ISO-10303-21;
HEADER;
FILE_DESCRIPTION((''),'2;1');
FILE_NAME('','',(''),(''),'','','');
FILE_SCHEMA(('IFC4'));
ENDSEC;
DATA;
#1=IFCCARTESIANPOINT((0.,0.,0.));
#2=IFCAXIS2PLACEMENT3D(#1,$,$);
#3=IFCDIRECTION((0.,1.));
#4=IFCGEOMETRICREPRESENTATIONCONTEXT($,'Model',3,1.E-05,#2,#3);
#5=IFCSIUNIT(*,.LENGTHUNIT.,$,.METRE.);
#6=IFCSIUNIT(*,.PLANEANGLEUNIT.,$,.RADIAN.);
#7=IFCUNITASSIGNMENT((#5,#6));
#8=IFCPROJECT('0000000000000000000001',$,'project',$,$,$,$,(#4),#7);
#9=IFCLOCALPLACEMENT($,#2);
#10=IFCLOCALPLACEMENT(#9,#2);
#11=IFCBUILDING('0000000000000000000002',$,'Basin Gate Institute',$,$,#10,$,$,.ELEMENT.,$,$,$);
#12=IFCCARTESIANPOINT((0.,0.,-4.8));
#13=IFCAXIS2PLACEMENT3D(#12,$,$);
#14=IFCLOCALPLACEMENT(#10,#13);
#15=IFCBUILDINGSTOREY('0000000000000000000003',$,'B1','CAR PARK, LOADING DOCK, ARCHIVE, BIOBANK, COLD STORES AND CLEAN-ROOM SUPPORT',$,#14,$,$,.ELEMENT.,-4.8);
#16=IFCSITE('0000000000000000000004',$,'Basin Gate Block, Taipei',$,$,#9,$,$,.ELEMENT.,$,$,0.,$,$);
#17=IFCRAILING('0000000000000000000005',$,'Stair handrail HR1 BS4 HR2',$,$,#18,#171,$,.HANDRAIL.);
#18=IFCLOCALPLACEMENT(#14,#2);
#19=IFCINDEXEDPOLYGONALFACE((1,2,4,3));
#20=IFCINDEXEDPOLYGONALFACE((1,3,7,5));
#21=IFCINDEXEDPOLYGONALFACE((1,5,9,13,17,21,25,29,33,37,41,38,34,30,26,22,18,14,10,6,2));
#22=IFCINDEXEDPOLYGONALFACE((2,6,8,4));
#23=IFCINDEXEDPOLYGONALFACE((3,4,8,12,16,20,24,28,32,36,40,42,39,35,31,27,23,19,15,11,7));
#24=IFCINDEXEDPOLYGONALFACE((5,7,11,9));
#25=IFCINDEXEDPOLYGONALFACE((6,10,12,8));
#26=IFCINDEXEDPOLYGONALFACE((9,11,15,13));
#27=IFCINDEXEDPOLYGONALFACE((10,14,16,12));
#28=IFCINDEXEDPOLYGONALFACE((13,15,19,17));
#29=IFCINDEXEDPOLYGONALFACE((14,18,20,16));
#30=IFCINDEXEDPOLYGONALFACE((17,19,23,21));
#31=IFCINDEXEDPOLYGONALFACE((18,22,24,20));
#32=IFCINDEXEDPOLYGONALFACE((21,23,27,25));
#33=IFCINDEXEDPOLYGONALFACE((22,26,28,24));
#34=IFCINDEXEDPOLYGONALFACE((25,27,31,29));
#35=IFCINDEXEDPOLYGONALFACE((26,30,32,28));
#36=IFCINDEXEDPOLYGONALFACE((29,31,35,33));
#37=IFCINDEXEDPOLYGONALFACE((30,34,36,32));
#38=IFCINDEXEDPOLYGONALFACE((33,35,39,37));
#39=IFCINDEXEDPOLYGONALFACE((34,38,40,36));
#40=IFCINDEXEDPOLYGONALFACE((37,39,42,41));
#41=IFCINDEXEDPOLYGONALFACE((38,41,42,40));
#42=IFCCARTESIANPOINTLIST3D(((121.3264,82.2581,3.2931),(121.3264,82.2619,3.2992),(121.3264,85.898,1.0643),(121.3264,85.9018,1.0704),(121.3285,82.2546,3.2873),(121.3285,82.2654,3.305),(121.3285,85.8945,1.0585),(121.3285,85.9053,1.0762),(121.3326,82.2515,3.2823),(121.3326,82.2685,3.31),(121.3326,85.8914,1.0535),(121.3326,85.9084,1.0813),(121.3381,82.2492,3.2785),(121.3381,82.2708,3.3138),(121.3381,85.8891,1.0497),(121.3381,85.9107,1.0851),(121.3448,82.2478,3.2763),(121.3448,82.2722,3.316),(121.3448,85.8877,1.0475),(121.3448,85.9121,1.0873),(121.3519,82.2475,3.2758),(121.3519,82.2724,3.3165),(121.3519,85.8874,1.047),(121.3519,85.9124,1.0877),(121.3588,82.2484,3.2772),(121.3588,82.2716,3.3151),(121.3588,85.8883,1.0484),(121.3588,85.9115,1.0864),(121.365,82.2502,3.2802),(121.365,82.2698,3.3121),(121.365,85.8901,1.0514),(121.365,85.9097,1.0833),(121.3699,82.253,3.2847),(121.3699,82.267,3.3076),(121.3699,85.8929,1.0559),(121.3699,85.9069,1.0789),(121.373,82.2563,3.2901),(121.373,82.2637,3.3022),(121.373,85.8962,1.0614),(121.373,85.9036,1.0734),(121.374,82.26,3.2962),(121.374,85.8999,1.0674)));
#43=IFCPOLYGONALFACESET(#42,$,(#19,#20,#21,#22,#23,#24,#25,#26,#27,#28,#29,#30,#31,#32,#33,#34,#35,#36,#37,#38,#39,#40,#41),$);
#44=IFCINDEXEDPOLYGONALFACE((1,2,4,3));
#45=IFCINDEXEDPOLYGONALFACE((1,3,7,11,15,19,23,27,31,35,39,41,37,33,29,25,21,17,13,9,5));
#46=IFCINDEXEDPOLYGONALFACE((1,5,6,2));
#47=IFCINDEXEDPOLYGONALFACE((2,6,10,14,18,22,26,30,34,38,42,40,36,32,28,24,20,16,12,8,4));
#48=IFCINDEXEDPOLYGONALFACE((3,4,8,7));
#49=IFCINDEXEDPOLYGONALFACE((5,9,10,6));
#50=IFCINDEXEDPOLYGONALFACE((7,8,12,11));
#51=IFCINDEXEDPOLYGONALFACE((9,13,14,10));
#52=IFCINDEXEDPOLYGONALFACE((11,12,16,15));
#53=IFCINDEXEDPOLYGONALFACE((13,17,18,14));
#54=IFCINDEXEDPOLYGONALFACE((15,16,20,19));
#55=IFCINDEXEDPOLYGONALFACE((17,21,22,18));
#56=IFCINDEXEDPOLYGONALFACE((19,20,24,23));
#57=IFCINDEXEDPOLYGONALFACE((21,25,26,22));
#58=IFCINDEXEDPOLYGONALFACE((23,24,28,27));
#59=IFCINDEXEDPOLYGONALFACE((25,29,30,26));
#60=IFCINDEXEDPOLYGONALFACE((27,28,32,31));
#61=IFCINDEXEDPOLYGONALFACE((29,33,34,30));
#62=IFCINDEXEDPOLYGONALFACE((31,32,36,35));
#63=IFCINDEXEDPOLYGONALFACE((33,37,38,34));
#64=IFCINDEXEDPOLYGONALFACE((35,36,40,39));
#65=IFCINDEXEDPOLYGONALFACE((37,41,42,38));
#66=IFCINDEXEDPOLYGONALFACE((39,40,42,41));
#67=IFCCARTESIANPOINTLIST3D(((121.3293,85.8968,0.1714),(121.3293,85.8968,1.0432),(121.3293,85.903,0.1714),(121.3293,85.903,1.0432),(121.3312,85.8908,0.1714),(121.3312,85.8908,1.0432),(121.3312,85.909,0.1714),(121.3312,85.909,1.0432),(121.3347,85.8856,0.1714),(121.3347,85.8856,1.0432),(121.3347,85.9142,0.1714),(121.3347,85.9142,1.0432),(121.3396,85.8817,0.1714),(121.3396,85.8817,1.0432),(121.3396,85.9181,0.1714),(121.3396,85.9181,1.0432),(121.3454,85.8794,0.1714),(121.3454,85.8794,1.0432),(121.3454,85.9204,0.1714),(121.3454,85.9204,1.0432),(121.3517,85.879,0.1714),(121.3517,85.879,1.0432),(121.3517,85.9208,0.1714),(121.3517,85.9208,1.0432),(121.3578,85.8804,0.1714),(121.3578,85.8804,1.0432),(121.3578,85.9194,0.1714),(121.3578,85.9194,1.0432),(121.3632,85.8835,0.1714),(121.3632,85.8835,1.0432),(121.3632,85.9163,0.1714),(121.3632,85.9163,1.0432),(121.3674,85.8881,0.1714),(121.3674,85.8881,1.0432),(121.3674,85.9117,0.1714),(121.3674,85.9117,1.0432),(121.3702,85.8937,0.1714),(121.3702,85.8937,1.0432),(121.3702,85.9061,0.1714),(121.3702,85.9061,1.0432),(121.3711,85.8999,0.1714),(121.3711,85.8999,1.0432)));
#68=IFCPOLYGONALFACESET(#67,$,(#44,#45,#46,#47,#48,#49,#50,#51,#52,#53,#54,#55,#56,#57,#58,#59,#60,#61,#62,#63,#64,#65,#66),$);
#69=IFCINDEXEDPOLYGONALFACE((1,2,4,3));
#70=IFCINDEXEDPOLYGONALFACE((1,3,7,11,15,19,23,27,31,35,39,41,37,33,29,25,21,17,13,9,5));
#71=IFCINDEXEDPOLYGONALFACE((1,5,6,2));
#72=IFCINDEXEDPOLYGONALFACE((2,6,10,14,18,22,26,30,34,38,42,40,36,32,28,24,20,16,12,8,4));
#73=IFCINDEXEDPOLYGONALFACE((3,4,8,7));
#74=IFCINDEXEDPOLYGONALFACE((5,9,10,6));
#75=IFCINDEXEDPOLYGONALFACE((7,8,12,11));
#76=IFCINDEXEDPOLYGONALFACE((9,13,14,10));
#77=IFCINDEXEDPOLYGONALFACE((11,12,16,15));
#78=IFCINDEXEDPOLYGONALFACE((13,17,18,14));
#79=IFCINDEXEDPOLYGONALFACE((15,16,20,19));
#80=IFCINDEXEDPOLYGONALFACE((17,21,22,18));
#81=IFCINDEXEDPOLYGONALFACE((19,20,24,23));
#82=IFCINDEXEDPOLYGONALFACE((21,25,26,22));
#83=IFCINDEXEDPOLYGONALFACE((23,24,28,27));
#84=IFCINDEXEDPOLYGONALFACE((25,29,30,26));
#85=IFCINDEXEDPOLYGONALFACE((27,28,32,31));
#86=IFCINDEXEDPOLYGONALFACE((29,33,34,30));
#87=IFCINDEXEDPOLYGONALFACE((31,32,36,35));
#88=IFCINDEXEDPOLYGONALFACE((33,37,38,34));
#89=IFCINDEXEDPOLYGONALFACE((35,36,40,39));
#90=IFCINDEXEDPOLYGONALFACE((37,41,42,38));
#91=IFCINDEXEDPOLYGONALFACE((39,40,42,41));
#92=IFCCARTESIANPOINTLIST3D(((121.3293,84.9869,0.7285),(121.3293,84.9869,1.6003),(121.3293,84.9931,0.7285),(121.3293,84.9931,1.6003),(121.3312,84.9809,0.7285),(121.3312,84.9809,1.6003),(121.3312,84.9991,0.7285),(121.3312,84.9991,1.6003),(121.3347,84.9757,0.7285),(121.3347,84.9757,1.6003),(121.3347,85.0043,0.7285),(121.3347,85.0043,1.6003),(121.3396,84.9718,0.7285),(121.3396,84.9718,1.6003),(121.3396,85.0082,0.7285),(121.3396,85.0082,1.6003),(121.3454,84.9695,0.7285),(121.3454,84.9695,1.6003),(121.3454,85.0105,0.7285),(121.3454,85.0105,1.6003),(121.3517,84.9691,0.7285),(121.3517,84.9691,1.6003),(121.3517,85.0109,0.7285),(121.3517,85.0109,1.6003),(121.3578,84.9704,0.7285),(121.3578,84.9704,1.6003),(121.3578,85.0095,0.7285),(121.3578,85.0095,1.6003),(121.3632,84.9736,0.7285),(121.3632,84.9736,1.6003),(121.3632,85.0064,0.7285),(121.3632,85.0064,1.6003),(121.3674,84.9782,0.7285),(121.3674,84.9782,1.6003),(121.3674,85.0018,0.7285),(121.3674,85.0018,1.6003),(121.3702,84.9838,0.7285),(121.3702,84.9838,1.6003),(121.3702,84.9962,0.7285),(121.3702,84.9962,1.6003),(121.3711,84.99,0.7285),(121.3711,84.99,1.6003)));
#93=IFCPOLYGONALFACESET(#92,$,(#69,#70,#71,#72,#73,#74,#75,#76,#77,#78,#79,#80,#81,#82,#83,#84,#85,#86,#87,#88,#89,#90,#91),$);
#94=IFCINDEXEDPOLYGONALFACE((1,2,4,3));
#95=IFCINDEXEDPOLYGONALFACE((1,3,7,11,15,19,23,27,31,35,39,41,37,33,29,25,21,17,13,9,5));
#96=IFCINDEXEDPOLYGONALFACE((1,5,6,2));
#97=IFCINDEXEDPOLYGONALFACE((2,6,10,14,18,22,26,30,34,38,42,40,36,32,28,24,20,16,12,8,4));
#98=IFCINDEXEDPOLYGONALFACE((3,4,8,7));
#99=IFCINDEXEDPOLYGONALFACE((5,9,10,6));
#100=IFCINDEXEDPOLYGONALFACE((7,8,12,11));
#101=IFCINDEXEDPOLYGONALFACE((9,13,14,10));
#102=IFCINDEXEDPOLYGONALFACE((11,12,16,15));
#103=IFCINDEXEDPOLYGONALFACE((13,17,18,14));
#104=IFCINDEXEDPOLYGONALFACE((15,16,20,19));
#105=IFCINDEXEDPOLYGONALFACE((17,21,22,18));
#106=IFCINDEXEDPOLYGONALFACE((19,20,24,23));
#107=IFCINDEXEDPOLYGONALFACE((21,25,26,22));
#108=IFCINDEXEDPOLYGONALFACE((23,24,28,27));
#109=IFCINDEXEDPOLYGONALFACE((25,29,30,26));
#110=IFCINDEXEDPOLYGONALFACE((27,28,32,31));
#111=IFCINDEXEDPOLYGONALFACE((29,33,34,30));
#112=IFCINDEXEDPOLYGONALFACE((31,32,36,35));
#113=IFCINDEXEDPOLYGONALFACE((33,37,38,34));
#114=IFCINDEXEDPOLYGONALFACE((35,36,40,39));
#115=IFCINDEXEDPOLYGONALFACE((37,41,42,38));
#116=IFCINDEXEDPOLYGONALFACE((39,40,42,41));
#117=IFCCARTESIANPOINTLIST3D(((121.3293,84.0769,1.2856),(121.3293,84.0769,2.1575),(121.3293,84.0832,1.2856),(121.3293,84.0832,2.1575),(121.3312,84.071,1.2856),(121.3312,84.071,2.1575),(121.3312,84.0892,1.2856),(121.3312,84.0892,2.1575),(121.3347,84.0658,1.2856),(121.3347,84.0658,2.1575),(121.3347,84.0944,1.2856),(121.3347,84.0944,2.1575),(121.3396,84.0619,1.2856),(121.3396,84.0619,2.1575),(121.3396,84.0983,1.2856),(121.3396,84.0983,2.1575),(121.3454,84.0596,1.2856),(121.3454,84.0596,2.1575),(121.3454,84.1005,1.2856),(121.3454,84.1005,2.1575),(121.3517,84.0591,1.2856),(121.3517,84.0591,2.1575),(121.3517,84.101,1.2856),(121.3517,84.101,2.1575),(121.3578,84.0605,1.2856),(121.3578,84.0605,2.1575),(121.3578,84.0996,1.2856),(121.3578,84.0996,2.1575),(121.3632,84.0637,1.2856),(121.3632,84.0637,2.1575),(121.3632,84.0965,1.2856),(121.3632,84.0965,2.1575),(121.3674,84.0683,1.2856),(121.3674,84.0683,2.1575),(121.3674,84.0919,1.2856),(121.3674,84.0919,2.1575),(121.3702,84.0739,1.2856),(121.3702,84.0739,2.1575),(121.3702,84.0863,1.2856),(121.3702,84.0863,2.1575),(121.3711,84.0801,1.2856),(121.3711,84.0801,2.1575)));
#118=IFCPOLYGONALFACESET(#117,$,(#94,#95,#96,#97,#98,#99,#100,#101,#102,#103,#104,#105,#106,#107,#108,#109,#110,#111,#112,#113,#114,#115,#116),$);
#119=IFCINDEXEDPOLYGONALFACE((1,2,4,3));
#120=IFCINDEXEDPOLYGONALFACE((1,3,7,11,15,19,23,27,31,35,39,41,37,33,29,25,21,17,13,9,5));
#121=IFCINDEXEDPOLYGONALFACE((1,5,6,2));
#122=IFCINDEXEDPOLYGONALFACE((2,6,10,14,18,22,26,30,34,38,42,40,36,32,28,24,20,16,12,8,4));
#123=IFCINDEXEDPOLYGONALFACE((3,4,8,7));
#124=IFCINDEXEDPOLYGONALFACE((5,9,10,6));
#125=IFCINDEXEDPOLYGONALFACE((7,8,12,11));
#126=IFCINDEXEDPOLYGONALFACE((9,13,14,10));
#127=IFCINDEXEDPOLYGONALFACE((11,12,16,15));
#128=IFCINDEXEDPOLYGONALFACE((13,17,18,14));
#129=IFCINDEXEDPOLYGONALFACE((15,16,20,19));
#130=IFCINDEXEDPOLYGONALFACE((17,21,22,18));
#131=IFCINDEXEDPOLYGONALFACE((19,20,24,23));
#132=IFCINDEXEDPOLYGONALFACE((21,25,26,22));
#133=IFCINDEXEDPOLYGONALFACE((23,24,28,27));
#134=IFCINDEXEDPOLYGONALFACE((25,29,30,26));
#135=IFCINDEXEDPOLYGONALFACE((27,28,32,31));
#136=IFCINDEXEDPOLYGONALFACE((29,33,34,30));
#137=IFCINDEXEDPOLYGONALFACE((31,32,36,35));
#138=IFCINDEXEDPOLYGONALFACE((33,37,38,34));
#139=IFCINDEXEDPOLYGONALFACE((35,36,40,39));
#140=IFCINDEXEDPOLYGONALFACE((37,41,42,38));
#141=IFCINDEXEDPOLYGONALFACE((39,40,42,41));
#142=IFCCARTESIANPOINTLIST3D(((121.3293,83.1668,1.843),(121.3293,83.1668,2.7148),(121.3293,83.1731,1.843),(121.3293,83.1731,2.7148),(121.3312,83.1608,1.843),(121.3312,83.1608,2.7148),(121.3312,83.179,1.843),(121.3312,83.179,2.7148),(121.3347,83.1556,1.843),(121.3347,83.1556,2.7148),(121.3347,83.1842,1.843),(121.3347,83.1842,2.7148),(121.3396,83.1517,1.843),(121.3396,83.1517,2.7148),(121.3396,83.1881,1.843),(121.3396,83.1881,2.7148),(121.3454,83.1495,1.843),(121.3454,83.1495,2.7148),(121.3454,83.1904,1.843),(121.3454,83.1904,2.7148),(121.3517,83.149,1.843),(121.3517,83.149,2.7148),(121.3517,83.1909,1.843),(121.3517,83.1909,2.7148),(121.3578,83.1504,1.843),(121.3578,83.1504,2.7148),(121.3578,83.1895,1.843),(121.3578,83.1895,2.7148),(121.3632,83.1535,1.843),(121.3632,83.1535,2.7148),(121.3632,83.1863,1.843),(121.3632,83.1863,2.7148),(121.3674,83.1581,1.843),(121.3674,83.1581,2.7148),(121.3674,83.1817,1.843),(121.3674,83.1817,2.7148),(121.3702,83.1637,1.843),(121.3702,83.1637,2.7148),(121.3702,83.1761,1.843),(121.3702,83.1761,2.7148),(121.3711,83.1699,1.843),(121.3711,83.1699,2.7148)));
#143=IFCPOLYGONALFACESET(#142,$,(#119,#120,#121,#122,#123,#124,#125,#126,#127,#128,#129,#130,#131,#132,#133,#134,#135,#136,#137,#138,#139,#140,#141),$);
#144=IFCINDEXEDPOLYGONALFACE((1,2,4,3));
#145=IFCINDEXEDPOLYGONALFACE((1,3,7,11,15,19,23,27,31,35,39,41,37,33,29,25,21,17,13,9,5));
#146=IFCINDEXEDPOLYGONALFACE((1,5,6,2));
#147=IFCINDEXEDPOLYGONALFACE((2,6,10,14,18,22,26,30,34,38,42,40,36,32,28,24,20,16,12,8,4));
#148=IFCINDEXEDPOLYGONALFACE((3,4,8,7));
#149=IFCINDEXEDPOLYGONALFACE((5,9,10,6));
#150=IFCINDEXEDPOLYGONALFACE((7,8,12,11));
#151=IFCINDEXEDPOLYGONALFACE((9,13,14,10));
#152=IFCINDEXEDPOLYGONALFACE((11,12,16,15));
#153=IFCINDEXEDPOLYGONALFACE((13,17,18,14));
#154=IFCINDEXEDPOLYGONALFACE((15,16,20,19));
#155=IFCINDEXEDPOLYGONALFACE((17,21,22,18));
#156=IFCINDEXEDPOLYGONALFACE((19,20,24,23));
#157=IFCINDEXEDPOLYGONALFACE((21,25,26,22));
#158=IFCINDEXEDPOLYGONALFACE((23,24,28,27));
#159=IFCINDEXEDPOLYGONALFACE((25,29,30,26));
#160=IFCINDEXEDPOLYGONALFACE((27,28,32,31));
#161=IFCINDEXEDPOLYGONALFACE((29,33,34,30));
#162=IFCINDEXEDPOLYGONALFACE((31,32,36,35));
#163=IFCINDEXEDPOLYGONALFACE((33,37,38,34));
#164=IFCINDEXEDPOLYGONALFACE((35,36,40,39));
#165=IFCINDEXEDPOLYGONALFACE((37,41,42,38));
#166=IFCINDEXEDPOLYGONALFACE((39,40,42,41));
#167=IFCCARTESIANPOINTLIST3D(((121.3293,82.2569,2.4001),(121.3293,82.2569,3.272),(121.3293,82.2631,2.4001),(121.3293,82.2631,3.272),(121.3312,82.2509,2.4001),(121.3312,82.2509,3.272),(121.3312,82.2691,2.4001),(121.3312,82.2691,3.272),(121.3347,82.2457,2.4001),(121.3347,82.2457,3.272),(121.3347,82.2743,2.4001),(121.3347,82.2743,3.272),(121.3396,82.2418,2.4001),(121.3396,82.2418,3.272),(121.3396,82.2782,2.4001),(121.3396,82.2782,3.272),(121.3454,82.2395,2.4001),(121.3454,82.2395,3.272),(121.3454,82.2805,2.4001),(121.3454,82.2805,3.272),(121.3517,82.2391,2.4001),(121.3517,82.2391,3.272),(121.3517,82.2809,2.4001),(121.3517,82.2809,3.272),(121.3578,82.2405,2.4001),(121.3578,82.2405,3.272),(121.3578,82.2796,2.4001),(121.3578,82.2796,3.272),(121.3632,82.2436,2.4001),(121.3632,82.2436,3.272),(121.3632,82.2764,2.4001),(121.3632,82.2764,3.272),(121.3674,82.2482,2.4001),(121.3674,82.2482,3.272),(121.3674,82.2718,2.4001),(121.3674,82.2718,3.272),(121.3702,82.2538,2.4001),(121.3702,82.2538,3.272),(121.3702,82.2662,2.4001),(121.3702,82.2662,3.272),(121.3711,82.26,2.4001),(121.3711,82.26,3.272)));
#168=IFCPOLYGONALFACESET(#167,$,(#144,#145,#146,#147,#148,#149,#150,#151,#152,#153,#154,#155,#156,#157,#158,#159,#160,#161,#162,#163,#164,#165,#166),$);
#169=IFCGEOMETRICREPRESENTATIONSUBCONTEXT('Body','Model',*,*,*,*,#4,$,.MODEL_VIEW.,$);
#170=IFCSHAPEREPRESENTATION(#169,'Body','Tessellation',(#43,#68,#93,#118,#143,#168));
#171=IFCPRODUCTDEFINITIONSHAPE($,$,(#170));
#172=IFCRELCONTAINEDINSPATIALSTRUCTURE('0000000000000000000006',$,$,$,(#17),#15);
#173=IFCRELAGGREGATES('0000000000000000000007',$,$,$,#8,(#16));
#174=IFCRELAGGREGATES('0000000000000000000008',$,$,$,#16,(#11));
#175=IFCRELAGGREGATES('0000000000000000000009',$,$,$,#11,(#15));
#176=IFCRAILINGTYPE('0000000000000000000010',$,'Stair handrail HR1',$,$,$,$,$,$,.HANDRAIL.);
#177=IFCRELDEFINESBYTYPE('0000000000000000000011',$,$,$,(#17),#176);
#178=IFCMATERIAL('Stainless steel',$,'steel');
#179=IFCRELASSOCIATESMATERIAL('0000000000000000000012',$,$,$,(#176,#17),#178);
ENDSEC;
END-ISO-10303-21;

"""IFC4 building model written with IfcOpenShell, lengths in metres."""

from ifc_helpers import new_model, si_unit, direction, frame, origin, origin_2d, place, context, subcontext, project, spatial, circle, extrude, material, type_object, element, save


model = new_model("IFC4")

# Units and contexts
model_context = context("Model", 3, precision=1e-05, world=origin(), true_north=direction((0.0, 1.0)))
body_context = subcontext(model_context, "Body", "Model", "MODEL_VIEW")
ifc_project = project(units=[si_unit("LENGTHUNIT", "METRE"), si_unit("PLANEANGLEUNIT", "RADIAN")], contexts=[model_context])

# Site, building, storey
site_placement = place(None, origin())
site = spatial("IfcSite", under=ifc_project, at=site_placement, Name="Basin Gate Block, Taipei", CompositionType="ELEMENT", RefElevation=0.0)
building_placement = place(site_placement, origin())
building = spatial("IfcBuilding", under=site, at=building_placement, Name="Basin Gate Institute", CompositionType="ELEMENT")
storey_placement = place(building_placement, frame((0.0, 0.0, -4.8)))
storey = spatial("IfcBuildingStorey", under=building, at=storey_placement, Name="B1", Description="CAR PARK, LOADING DOCK, ARCHIVE, BIOBANK, COLD STORES AND CLEAN-ROOM SUPPORT", CompositionType="ELEMENT", Elevation=-4.8)

# Railing
ifc_material_1 = material(Name="Stainless steel", Category="steel")
railing_type_1 = type_object("IfcRailingType", Name="Stair handrail HR1", PredefinedType="HANDRAIL", material=ifc_material_1)
for number, where, name in (
    (1, (121.3501, 85.8999, 0.1714), "Stair handrail HR1 BS4 HR2"),
):
    element("IfcRailing", number, at=place(storey_placement, frame(where)), inside=storey, type_object=railing_type_1, material=ifc_material_1, Name=name, PredefinedType="HANDRAIL", context=body_context, shape_type="SweptSolid", body=[
        extrude(circle(Radius=0.0239, at=origin_2d()), frame((0.0, 0.0, 0.896), z_axis=(0.0, -0.852825, 0.522197), x_axis=(1.0, 0.0, 0.0)), (0.0, 0.0, 1.0), 4.2681),
        extrude(circle(Radius=0.021, at=origin_2d()), origin(), (0.0, 0.0, 1.0), 0.8718),
        extrude(circle(Radius=0.021, at=origin_2d()), frame((0.0, -0.9099, 0.5571)), (0.0, 0.0, 1.0), 0.8718),
        extrude(circle(Radius=0.021, at=origin_2d()), frame((0.0, -1.8198, 1.1143)), (0.0, 0.0, 1.0), 0.8718),
        extrude(circle(Radius=0.021, at=origin_2d()), frame((0.0, -2.73, 1.6716)), (0.0, 0.0, 1.0), 0.8718),
        extrude(circle(Radius=0.021, at=origin_2d()), frame((0.0, -3.6399, 2.2288)), (0.0, 0.0, 1.0), 0.8718),
    ])

save(model, "model.ifc")
